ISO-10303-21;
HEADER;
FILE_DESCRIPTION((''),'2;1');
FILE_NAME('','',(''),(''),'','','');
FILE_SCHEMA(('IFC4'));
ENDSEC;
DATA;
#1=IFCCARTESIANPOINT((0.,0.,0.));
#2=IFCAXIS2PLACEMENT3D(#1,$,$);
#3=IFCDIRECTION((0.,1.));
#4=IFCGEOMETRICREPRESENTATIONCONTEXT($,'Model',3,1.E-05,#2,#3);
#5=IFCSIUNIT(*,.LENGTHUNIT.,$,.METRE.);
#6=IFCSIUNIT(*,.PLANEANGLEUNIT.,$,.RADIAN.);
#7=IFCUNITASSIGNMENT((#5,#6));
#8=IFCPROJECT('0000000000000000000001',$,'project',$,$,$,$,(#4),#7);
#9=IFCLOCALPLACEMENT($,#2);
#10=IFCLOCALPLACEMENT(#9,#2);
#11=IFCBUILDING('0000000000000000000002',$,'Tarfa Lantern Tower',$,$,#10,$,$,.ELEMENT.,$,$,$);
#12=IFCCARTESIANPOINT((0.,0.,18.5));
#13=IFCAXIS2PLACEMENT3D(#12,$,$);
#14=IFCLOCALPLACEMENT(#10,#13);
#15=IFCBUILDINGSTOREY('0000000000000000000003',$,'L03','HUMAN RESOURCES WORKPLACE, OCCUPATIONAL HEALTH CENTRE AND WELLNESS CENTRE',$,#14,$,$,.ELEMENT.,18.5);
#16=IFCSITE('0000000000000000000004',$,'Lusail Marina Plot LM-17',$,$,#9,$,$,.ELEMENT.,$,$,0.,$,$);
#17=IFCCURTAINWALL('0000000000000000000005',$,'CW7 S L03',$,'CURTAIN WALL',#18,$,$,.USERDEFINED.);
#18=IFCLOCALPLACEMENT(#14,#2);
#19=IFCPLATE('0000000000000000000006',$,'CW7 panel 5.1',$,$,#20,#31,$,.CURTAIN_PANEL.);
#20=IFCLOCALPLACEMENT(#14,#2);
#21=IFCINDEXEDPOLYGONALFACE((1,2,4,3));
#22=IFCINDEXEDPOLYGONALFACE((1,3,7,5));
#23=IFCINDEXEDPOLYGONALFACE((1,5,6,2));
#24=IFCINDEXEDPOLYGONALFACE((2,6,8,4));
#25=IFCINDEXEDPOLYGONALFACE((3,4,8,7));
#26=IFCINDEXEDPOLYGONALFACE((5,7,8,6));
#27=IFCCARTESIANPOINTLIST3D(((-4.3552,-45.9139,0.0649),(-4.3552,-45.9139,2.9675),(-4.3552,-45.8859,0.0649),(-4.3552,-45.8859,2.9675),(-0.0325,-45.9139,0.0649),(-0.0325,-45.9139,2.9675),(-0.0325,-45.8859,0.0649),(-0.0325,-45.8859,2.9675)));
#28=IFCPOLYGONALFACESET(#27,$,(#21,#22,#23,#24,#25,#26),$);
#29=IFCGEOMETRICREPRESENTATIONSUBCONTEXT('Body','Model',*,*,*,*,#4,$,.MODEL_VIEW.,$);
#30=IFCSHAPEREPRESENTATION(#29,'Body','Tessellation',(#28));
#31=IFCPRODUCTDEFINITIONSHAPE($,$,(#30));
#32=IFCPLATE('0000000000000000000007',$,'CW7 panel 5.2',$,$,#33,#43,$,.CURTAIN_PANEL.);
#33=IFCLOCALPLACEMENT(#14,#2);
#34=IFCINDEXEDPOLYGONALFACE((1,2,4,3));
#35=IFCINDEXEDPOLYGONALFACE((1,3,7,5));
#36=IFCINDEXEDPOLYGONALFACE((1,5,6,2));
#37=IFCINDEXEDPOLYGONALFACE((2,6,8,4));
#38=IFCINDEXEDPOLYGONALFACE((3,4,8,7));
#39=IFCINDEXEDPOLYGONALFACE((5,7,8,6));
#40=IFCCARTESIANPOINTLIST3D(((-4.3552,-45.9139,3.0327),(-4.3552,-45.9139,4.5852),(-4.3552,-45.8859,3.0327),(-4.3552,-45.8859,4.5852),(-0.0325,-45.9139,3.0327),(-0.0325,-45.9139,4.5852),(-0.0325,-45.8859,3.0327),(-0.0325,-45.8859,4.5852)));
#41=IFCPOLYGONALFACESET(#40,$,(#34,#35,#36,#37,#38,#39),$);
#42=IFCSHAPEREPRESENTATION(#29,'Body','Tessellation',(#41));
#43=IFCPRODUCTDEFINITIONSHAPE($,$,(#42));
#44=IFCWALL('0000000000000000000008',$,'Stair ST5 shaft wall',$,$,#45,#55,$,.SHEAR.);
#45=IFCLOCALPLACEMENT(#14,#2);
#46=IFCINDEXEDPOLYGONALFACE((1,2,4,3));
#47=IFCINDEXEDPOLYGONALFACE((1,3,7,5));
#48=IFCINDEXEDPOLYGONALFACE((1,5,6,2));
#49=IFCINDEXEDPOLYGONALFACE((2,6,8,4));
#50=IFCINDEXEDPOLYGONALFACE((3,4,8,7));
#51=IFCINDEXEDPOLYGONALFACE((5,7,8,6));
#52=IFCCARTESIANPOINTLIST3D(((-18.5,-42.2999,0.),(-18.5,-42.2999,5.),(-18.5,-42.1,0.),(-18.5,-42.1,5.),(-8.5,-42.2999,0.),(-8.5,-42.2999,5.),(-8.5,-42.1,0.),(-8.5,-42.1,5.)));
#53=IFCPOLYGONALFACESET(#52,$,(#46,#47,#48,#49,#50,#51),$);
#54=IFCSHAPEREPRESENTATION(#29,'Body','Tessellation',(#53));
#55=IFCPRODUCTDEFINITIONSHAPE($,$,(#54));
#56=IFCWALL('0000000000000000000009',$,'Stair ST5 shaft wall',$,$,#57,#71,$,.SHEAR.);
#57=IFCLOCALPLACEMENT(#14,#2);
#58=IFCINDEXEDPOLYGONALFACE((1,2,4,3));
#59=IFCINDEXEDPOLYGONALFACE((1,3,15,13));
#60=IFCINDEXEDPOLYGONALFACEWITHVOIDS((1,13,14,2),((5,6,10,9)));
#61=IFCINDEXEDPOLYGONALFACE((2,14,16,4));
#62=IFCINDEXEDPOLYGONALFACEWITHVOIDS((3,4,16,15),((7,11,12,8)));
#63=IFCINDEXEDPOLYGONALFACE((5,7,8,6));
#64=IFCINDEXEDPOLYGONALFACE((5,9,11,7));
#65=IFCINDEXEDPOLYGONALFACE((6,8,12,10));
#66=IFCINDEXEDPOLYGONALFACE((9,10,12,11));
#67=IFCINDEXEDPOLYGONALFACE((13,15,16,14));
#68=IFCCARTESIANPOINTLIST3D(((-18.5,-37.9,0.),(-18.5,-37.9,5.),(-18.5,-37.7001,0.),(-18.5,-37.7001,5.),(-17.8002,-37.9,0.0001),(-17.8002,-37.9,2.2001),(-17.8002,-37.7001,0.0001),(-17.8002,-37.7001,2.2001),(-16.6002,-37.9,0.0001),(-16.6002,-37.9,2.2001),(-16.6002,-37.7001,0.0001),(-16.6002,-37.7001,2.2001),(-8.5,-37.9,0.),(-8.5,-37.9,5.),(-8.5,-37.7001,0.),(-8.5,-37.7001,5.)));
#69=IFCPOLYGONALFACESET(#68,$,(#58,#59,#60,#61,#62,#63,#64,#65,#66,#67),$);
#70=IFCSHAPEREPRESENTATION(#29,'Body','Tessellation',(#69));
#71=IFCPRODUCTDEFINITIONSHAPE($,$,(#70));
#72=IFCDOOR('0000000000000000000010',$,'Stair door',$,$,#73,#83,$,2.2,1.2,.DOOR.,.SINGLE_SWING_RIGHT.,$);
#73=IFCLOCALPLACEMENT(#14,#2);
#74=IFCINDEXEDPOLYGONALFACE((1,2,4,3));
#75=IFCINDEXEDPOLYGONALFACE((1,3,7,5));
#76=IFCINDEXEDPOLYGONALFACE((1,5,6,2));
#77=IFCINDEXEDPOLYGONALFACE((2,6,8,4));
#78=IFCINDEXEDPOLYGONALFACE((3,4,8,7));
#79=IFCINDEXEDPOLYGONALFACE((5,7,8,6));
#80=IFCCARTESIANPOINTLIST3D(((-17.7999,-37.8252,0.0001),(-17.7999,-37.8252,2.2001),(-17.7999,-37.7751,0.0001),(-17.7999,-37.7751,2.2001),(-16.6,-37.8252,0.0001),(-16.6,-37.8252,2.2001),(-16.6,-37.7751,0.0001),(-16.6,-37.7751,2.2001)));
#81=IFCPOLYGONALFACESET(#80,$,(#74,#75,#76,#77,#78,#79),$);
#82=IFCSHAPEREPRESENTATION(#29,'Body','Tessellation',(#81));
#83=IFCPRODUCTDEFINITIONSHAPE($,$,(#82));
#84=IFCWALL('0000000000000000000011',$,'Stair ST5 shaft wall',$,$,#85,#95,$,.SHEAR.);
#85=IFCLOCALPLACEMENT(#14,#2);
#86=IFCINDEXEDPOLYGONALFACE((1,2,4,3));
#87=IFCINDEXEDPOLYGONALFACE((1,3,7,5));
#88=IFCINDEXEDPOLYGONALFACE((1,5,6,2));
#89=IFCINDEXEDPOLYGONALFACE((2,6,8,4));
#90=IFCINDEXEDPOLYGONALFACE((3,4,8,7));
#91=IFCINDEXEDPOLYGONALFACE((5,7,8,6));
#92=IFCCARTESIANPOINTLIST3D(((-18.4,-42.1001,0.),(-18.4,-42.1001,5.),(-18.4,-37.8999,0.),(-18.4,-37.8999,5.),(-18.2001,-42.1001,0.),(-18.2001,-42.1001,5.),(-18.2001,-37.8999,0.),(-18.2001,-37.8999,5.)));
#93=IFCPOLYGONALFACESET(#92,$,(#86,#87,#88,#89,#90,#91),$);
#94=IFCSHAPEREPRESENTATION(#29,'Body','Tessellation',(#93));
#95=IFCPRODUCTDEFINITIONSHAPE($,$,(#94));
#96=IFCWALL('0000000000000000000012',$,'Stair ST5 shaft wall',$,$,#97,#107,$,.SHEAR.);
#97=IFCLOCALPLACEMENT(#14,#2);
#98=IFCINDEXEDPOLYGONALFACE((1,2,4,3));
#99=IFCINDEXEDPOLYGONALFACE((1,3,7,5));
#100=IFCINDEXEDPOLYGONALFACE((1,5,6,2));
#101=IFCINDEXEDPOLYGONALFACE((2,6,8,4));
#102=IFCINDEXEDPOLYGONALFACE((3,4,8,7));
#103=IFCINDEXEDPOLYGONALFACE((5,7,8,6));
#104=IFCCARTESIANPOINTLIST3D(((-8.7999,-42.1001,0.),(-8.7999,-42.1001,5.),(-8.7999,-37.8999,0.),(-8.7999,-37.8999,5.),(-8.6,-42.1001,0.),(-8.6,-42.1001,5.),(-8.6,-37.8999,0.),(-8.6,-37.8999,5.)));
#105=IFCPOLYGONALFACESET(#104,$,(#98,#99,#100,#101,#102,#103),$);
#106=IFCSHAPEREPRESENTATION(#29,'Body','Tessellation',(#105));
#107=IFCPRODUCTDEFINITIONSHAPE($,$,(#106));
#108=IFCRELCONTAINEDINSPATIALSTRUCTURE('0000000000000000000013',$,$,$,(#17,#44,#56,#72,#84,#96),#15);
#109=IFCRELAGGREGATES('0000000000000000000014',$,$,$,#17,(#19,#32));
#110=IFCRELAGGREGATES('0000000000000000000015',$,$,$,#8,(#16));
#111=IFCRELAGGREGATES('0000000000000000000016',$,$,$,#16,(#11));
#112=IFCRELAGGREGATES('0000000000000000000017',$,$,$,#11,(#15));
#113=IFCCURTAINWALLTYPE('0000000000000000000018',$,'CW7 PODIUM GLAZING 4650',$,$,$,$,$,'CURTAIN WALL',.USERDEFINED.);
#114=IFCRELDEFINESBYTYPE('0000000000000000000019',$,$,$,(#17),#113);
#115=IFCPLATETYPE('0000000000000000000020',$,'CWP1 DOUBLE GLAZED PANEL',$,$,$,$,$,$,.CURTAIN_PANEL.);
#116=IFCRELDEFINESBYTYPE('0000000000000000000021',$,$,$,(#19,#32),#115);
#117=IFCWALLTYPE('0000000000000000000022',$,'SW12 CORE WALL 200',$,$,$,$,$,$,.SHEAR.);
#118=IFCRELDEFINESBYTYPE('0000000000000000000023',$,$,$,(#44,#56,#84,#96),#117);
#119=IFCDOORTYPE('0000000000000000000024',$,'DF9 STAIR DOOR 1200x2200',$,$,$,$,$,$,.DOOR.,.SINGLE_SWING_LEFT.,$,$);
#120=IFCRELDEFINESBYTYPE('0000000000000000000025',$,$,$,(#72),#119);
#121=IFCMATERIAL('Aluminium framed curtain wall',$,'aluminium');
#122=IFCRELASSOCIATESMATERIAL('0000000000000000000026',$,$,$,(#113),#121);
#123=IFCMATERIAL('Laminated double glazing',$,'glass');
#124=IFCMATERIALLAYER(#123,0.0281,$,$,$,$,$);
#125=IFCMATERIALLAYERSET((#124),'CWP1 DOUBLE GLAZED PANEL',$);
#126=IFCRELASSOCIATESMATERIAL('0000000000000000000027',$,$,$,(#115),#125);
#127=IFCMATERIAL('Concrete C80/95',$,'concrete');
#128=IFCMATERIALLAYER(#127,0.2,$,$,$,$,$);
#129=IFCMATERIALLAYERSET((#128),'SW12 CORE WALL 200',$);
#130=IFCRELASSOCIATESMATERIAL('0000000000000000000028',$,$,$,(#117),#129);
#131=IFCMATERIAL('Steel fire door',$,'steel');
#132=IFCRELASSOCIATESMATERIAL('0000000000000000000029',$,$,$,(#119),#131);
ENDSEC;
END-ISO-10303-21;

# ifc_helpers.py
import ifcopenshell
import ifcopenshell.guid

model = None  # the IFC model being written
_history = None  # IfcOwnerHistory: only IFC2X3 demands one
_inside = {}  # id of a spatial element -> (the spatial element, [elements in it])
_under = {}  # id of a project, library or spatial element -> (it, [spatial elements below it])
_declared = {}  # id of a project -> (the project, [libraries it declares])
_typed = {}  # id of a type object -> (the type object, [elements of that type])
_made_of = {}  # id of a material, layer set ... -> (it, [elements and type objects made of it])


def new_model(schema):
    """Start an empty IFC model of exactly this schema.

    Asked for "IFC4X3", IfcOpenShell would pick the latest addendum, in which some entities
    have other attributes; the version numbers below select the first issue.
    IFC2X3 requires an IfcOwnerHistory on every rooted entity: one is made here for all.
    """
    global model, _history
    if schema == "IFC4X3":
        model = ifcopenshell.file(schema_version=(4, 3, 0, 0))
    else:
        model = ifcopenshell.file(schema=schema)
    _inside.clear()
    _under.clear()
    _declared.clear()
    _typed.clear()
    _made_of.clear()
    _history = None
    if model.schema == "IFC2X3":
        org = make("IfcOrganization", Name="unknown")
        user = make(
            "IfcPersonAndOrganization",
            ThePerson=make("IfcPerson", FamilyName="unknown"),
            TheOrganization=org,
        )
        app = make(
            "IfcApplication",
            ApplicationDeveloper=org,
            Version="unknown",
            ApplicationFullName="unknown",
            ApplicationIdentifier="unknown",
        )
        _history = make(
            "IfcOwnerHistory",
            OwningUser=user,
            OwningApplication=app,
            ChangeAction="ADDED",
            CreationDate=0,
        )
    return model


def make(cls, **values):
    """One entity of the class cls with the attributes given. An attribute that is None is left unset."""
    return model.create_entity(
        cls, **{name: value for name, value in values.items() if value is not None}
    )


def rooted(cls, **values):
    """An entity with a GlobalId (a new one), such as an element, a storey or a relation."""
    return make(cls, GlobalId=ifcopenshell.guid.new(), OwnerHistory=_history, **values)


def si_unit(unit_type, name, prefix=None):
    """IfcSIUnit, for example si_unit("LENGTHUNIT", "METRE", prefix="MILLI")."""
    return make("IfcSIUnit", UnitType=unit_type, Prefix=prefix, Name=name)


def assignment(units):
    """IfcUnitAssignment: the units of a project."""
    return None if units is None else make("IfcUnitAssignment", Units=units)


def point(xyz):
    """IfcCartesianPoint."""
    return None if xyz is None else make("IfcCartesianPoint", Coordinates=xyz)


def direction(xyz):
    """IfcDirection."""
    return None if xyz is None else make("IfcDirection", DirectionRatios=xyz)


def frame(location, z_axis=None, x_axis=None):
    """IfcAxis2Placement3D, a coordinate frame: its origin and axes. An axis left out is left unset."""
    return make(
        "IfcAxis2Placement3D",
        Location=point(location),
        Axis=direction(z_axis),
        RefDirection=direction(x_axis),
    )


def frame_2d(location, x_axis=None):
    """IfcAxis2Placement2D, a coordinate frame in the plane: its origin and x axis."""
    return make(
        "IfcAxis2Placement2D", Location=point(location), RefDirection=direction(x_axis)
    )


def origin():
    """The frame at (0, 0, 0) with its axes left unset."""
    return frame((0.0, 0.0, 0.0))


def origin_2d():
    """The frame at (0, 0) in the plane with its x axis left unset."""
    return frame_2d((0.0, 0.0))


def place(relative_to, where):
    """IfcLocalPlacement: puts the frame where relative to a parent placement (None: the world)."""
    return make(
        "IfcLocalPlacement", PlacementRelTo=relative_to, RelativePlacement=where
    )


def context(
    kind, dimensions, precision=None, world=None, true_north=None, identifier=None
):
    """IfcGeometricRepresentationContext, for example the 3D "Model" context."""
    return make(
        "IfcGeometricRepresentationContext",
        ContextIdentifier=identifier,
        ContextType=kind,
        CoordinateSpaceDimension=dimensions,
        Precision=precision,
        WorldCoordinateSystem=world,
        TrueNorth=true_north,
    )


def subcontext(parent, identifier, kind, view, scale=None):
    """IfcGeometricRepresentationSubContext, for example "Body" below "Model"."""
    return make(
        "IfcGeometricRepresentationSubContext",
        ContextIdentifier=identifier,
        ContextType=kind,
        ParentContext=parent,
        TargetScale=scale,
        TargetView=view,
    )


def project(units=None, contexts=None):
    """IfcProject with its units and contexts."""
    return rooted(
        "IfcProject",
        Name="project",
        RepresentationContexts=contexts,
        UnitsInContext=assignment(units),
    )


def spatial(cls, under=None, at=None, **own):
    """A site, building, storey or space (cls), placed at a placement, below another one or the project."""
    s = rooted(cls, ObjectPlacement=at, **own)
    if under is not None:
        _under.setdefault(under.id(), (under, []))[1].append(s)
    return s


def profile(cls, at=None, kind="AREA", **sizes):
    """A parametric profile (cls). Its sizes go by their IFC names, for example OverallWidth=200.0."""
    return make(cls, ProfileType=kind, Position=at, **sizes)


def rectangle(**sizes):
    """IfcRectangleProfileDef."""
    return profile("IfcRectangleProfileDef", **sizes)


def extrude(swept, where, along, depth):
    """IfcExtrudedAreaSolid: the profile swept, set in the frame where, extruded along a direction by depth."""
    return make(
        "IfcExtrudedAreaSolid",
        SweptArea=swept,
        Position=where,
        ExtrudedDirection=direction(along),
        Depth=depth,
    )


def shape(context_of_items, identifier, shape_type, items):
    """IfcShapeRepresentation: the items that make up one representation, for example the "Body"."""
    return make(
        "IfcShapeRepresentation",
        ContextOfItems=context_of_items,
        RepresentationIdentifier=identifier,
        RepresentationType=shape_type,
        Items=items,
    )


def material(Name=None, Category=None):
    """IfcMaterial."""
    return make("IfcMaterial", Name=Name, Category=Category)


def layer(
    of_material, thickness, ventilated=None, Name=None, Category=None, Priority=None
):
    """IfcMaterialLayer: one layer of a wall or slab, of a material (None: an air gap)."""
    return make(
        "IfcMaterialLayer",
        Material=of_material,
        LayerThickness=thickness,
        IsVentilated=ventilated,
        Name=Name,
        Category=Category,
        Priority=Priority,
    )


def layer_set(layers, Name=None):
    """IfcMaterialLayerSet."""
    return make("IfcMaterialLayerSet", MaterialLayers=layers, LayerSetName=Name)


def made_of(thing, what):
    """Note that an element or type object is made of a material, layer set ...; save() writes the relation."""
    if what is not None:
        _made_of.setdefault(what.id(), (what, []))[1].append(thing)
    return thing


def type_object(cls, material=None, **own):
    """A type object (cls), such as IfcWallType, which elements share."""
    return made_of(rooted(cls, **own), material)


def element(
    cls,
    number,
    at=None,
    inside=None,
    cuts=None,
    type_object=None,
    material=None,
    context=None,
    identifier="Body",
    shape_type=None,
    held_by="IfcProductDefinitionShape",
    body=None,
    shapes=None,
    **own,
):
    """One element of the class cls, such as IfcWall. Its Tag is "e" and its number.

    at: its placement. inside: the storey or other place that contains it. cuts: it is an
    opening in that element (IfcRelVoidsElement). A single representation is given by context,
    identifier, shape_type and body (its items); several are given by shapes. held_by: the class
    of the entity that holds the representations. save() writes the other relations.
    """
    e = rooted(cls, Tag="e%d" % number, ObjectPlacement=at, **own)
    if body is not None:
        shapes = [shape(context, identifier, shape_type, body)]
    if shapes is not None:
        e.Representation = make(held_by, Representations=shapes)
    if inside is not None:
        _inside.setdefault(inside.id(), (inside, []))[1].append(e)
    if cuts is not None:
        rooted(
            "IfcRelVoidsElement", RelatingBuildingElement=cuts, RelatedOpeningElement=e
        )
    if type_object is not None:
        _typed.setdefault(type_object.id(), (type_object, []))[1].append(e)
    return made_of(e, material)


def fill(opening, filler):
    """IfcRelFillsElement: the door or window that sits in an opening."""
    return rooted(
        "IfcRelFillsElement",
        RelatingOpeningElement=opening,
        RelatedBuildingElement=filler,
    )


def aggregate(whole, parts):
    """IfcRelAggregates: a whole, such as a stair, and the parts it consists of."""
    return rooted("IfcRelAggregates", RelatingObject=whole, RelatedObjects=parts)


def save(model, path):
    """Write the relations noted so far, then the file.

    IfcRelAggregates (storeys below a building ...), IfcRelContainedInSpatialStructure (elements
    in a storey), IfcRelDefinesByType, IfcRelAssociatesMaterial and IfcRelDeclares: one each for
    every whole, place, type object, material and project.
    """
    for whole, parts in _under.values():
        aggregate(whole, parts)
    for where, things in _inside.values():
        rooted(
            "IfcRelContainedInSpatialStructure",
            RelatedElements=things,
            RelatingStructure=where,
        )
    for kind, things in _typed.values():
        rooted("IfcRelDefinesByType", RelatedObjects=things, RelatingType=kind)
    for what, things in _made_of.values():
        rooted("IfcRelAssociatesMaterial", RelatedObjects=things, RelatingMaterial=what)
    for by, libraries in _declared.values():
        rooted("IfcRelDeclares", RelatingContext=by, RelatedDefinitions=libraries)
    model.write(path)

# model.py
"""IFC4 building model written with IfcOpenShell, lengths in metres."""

from ifc_helpers import new_model, si_unit, direction, frame, frame_2d, origin, origin_2d, place, context, subcontext, project, spatial, rectangle, extrude, material, layer, layer_set, type_object, element, fill, aggregate, save


model = new_model("IFC4")

# Units and contexts
model_context = context("Model", 3, precision=1e-05, world=origin(), true_north=direction((0.0, 1.0)))
body_context = subcontext(model_context, "Body", "Model", "MODEL_VIEW")
ifc_project = project(units=[si_unit("LENGTHUNIT", "METRE"), si_unit("PLANEANGLEUNIT", "RADIAN")], contexts=[model_context])

# Site, building, storey
site_placement = place(None, origin())
site = spatial("IfcSite", under=ifc_project, at=site_placement, Name="Lusail Marina Plot LM-17", CompositionType="ELEMENT", RefElevation=0.0)
building_placement = place(site_placement, origin())
building = spatial("IfcBuilding", under=site, at=building_placement, Name="Tarfa Lantern Tower", CompositionType="ELEMENT")
storey_placement = place(building_placement, frame((0.0, 0.0, 18.5)))
storey = spatial("IfcBuildingStorey", under=building, at=storey_placement, Name="L03", Description="HUMAN RESOURCES WORKPLACE, OCCUPATIONAL HEALTH CENTRE AND WELLNESS CENTRE", CompositionType="ELEMENT", Elevation=18.5)

# Shared definitions
ifc_material_1 = material(Name="Concrete C80/95", Category="concrete")

# Curtain wall
ifc_material_2 = material(Name="Aluminium framed curtain wall", Category="aluminium")
curtain_wall_type = type_object("IfcCurtainWallType", Name="CW7 PODIUM GLAZING 4650", ElementType="CURTAIN WALL", PredefinedType="USERDEFINED", material=ifc_material_2)
curtain_wall_placement = place(storey_placement, origin())
curtain_wall = element("IfcCurtainWall", 1, at=curtain_wall_placement, inside=storey, type_object=curtain_wall_type, Name="CW7 S L03", ObjectType="CURTAIN WALL", PredefinedType="USERDEFINED")

# Plates
ifc_material_3 = material(Name="Laminated double glazing", Category="glass")
ifc_layer_1 = layer(ifc_material_3, 0.0281)
ifc_layer_set_1 = layer_set([ifc_layer_1], Name="CWP1 DOUBLE GLAZED PANEL")
plate_type = type_object("IfcPlateType", Name="CWP1 DOUBLE GLAZED PANEL", PredefinedType="CURTAIN_PANEL", material=ifc_layer_set_1)
plate_1_placement = place(storey_placement, frame((-2.1938, -45.8999, 0.0649), z_axis=(0.0, 0.0, 1.0), x_axis=(1.0, 0.0, 0.0)))
plate_1 = element("IfcPlate", 2, at=plate_1_placement, type_object=plate_type, Name="CW7 panel 5.1", PredefinedType="CURTAIN_PANEL", context=body_context, shape_type="SweptSolid", body=[
    extrude(rectangle(XDim=4.3228, YDim=0.0281, at=origin_2d()), origin(), (0.0, 0.0, 1.0), 2.9026),
])
plate_2_placement = place(storey_placement, frame((-2.1938, -45.8999, 3.0327), z_axis=(0.0, 0.0, 1.0), x_axis=(1.0, 0.0, 0.0)))
plate_2 = element("IfcPlate", 3, at=plate_2_placement, type_object=plate_type, Name="CW7 panel 5.2", PredefinedType="CURTAIN_PANEL", context=body_context, shape_type="SweptSolid", body=[
    extrude(rectangle(XDim=4.3228, YDim=0.0281, at=origin_2d()), origin(), (0.0, 0.0, 1.0), 1.5525),
])
aggregate(curtain_wall, [plate_1, plate_2])

# Wall
ifc_layer_2 = layer(ifc_material_1, 0.2)
ifc_layer_set_2 = layer_set([ifc_layer_2], Name="SW12 CORE WALL 200")
wall_type = type_object("IfcWallType", Name="SW12 CORE WALL 200", PredefinedType="SHEAR", material=ifc_layer_set_2)
wall_1_placement = place(storey_placement, frame((-18.5, -42.2, 0.0), z_axis=(0.0, 0.0, 1.0), x_axis=(1.0, 0.0, 0.0)))
element("IfcWall", 4, at=wall_1_placement, inside=storey, type_object=wall_type, Name="Stair ST5 shaft wall", PredefinedType="SHEAR", context=body_context, shape_type="SweptSolid", body=[
    extrude(rectangle(XDim=10.0, YDim=0.2, at=frame_2d((5.0, 0.0))), origin(), (0.0, 0.0, 1.0), 5.0),
])

# Wall, opening, door
wall_2_placement = place(storey_placement, frame((-8.5, -37.8, 0.0), z_axis=(0.0, 0.0, 1.0), x_axis=(-1.0, 0.0, 0.0)))
wall_2 = element("IfcWall", 5, at=wall_2_placement, inside=storey, type_object=wall_type, Name="Stair ST5 shaft wall", PredefinedType="SHEAR", context=body_context, shape_type="SweptSolid", body=[
    extrude(rectangle(XDim=10.0, YDim=0.2, at=frame_2d((5.0, 0.0))), origin(), (0.0, 0.0, 1.0), 5.0),
])
opening_placement = place(wall_2_placement, frame((8.1001, 0.0, 0.0)))
opening = element("IfcOpeningElement", 6, at=opening_placement, cuts=wall_2, PredefinedType="OPENING", context=body_context, shape_type="SweptSolid", body=[
    extrude(rectangle(XDim=1.2, YDim=2.2, at=frame_2d((0.6001, 1.1001))), frame((0.0, 0.1099, 0.0), z_axis=(0.0, -1.0, 0.0), x_axis=(1.0, 0.0, 0.0)), (0.0, 0.0, 1.0), 0.22),
])
ifc_material_4 = material(Name="Steel fire door", Category="steel")
door_type = type_object("IfcDoorType", Name="DF9 STAIR DOOR 1200x2200", OperationType="SINGLE_SWING_LEFT", PredefinedType="DOOR", material=ifc_material_4)
door_placement = place(opening_placement, frame((1.2, 0.0, 0.0), z_axis=(0.0, 0.0, 1.0), x_axis=(-1.0, 0.0, 0.0)))
door = element("IfcDoor", 7, at=door_placement, inside=storey, type_object=door_type, Name="Stair door", OperationType="SINGLE_SWING_RIGHT", OverallHeight=2.2, OverallWidth=1.2, PredefinedType="DOOR", context=body_context, shape_type="SweptSolid", body=[
    extrude(rectangle(XDim=1.2, YDim=2.2, at=frame_2d((0.6001, 1.1001))), frame((0.0, 0.0249, 0.0), z_axis=(0.0, -1.0, 0.0), x_axis=(1.0, 0.0, 0.0)), (0.0, 0.0, 1.0), 0.05),
])
fill(opening, door)

# Walls
for number, where, z_axis, x_axis, name in (
    (8, (-18.3, -37.8999, 0.0), (0.0, 0.0, 1.0), (0.0, -1.0, 0.0), "Stair ST5 shaft wall"),
    (9, (-8.7, -42.1001, 0.0), (0.0, 0.0, 1.0), (0.0, 1.0, 0.0), "Stair ST5 shaft wall"),
):
    element("IfcWall", number, at=place(storey_placement, frame(where, z_axis=z_axis, x_axis=x_axis)), inside=storey, type_object=wall_type, Name=name, PredefinedType="SHEAR", context=body_context, shape_type="SweptSolid", body=[
        extrude(rectangle(XDim=4.2002, YDim=0.2, at=frame_2d((2.1001, 0.0))), origin(), (0.0, 0.0, 1.0), 5.0),
    ])

save(model, "model.ifc")
